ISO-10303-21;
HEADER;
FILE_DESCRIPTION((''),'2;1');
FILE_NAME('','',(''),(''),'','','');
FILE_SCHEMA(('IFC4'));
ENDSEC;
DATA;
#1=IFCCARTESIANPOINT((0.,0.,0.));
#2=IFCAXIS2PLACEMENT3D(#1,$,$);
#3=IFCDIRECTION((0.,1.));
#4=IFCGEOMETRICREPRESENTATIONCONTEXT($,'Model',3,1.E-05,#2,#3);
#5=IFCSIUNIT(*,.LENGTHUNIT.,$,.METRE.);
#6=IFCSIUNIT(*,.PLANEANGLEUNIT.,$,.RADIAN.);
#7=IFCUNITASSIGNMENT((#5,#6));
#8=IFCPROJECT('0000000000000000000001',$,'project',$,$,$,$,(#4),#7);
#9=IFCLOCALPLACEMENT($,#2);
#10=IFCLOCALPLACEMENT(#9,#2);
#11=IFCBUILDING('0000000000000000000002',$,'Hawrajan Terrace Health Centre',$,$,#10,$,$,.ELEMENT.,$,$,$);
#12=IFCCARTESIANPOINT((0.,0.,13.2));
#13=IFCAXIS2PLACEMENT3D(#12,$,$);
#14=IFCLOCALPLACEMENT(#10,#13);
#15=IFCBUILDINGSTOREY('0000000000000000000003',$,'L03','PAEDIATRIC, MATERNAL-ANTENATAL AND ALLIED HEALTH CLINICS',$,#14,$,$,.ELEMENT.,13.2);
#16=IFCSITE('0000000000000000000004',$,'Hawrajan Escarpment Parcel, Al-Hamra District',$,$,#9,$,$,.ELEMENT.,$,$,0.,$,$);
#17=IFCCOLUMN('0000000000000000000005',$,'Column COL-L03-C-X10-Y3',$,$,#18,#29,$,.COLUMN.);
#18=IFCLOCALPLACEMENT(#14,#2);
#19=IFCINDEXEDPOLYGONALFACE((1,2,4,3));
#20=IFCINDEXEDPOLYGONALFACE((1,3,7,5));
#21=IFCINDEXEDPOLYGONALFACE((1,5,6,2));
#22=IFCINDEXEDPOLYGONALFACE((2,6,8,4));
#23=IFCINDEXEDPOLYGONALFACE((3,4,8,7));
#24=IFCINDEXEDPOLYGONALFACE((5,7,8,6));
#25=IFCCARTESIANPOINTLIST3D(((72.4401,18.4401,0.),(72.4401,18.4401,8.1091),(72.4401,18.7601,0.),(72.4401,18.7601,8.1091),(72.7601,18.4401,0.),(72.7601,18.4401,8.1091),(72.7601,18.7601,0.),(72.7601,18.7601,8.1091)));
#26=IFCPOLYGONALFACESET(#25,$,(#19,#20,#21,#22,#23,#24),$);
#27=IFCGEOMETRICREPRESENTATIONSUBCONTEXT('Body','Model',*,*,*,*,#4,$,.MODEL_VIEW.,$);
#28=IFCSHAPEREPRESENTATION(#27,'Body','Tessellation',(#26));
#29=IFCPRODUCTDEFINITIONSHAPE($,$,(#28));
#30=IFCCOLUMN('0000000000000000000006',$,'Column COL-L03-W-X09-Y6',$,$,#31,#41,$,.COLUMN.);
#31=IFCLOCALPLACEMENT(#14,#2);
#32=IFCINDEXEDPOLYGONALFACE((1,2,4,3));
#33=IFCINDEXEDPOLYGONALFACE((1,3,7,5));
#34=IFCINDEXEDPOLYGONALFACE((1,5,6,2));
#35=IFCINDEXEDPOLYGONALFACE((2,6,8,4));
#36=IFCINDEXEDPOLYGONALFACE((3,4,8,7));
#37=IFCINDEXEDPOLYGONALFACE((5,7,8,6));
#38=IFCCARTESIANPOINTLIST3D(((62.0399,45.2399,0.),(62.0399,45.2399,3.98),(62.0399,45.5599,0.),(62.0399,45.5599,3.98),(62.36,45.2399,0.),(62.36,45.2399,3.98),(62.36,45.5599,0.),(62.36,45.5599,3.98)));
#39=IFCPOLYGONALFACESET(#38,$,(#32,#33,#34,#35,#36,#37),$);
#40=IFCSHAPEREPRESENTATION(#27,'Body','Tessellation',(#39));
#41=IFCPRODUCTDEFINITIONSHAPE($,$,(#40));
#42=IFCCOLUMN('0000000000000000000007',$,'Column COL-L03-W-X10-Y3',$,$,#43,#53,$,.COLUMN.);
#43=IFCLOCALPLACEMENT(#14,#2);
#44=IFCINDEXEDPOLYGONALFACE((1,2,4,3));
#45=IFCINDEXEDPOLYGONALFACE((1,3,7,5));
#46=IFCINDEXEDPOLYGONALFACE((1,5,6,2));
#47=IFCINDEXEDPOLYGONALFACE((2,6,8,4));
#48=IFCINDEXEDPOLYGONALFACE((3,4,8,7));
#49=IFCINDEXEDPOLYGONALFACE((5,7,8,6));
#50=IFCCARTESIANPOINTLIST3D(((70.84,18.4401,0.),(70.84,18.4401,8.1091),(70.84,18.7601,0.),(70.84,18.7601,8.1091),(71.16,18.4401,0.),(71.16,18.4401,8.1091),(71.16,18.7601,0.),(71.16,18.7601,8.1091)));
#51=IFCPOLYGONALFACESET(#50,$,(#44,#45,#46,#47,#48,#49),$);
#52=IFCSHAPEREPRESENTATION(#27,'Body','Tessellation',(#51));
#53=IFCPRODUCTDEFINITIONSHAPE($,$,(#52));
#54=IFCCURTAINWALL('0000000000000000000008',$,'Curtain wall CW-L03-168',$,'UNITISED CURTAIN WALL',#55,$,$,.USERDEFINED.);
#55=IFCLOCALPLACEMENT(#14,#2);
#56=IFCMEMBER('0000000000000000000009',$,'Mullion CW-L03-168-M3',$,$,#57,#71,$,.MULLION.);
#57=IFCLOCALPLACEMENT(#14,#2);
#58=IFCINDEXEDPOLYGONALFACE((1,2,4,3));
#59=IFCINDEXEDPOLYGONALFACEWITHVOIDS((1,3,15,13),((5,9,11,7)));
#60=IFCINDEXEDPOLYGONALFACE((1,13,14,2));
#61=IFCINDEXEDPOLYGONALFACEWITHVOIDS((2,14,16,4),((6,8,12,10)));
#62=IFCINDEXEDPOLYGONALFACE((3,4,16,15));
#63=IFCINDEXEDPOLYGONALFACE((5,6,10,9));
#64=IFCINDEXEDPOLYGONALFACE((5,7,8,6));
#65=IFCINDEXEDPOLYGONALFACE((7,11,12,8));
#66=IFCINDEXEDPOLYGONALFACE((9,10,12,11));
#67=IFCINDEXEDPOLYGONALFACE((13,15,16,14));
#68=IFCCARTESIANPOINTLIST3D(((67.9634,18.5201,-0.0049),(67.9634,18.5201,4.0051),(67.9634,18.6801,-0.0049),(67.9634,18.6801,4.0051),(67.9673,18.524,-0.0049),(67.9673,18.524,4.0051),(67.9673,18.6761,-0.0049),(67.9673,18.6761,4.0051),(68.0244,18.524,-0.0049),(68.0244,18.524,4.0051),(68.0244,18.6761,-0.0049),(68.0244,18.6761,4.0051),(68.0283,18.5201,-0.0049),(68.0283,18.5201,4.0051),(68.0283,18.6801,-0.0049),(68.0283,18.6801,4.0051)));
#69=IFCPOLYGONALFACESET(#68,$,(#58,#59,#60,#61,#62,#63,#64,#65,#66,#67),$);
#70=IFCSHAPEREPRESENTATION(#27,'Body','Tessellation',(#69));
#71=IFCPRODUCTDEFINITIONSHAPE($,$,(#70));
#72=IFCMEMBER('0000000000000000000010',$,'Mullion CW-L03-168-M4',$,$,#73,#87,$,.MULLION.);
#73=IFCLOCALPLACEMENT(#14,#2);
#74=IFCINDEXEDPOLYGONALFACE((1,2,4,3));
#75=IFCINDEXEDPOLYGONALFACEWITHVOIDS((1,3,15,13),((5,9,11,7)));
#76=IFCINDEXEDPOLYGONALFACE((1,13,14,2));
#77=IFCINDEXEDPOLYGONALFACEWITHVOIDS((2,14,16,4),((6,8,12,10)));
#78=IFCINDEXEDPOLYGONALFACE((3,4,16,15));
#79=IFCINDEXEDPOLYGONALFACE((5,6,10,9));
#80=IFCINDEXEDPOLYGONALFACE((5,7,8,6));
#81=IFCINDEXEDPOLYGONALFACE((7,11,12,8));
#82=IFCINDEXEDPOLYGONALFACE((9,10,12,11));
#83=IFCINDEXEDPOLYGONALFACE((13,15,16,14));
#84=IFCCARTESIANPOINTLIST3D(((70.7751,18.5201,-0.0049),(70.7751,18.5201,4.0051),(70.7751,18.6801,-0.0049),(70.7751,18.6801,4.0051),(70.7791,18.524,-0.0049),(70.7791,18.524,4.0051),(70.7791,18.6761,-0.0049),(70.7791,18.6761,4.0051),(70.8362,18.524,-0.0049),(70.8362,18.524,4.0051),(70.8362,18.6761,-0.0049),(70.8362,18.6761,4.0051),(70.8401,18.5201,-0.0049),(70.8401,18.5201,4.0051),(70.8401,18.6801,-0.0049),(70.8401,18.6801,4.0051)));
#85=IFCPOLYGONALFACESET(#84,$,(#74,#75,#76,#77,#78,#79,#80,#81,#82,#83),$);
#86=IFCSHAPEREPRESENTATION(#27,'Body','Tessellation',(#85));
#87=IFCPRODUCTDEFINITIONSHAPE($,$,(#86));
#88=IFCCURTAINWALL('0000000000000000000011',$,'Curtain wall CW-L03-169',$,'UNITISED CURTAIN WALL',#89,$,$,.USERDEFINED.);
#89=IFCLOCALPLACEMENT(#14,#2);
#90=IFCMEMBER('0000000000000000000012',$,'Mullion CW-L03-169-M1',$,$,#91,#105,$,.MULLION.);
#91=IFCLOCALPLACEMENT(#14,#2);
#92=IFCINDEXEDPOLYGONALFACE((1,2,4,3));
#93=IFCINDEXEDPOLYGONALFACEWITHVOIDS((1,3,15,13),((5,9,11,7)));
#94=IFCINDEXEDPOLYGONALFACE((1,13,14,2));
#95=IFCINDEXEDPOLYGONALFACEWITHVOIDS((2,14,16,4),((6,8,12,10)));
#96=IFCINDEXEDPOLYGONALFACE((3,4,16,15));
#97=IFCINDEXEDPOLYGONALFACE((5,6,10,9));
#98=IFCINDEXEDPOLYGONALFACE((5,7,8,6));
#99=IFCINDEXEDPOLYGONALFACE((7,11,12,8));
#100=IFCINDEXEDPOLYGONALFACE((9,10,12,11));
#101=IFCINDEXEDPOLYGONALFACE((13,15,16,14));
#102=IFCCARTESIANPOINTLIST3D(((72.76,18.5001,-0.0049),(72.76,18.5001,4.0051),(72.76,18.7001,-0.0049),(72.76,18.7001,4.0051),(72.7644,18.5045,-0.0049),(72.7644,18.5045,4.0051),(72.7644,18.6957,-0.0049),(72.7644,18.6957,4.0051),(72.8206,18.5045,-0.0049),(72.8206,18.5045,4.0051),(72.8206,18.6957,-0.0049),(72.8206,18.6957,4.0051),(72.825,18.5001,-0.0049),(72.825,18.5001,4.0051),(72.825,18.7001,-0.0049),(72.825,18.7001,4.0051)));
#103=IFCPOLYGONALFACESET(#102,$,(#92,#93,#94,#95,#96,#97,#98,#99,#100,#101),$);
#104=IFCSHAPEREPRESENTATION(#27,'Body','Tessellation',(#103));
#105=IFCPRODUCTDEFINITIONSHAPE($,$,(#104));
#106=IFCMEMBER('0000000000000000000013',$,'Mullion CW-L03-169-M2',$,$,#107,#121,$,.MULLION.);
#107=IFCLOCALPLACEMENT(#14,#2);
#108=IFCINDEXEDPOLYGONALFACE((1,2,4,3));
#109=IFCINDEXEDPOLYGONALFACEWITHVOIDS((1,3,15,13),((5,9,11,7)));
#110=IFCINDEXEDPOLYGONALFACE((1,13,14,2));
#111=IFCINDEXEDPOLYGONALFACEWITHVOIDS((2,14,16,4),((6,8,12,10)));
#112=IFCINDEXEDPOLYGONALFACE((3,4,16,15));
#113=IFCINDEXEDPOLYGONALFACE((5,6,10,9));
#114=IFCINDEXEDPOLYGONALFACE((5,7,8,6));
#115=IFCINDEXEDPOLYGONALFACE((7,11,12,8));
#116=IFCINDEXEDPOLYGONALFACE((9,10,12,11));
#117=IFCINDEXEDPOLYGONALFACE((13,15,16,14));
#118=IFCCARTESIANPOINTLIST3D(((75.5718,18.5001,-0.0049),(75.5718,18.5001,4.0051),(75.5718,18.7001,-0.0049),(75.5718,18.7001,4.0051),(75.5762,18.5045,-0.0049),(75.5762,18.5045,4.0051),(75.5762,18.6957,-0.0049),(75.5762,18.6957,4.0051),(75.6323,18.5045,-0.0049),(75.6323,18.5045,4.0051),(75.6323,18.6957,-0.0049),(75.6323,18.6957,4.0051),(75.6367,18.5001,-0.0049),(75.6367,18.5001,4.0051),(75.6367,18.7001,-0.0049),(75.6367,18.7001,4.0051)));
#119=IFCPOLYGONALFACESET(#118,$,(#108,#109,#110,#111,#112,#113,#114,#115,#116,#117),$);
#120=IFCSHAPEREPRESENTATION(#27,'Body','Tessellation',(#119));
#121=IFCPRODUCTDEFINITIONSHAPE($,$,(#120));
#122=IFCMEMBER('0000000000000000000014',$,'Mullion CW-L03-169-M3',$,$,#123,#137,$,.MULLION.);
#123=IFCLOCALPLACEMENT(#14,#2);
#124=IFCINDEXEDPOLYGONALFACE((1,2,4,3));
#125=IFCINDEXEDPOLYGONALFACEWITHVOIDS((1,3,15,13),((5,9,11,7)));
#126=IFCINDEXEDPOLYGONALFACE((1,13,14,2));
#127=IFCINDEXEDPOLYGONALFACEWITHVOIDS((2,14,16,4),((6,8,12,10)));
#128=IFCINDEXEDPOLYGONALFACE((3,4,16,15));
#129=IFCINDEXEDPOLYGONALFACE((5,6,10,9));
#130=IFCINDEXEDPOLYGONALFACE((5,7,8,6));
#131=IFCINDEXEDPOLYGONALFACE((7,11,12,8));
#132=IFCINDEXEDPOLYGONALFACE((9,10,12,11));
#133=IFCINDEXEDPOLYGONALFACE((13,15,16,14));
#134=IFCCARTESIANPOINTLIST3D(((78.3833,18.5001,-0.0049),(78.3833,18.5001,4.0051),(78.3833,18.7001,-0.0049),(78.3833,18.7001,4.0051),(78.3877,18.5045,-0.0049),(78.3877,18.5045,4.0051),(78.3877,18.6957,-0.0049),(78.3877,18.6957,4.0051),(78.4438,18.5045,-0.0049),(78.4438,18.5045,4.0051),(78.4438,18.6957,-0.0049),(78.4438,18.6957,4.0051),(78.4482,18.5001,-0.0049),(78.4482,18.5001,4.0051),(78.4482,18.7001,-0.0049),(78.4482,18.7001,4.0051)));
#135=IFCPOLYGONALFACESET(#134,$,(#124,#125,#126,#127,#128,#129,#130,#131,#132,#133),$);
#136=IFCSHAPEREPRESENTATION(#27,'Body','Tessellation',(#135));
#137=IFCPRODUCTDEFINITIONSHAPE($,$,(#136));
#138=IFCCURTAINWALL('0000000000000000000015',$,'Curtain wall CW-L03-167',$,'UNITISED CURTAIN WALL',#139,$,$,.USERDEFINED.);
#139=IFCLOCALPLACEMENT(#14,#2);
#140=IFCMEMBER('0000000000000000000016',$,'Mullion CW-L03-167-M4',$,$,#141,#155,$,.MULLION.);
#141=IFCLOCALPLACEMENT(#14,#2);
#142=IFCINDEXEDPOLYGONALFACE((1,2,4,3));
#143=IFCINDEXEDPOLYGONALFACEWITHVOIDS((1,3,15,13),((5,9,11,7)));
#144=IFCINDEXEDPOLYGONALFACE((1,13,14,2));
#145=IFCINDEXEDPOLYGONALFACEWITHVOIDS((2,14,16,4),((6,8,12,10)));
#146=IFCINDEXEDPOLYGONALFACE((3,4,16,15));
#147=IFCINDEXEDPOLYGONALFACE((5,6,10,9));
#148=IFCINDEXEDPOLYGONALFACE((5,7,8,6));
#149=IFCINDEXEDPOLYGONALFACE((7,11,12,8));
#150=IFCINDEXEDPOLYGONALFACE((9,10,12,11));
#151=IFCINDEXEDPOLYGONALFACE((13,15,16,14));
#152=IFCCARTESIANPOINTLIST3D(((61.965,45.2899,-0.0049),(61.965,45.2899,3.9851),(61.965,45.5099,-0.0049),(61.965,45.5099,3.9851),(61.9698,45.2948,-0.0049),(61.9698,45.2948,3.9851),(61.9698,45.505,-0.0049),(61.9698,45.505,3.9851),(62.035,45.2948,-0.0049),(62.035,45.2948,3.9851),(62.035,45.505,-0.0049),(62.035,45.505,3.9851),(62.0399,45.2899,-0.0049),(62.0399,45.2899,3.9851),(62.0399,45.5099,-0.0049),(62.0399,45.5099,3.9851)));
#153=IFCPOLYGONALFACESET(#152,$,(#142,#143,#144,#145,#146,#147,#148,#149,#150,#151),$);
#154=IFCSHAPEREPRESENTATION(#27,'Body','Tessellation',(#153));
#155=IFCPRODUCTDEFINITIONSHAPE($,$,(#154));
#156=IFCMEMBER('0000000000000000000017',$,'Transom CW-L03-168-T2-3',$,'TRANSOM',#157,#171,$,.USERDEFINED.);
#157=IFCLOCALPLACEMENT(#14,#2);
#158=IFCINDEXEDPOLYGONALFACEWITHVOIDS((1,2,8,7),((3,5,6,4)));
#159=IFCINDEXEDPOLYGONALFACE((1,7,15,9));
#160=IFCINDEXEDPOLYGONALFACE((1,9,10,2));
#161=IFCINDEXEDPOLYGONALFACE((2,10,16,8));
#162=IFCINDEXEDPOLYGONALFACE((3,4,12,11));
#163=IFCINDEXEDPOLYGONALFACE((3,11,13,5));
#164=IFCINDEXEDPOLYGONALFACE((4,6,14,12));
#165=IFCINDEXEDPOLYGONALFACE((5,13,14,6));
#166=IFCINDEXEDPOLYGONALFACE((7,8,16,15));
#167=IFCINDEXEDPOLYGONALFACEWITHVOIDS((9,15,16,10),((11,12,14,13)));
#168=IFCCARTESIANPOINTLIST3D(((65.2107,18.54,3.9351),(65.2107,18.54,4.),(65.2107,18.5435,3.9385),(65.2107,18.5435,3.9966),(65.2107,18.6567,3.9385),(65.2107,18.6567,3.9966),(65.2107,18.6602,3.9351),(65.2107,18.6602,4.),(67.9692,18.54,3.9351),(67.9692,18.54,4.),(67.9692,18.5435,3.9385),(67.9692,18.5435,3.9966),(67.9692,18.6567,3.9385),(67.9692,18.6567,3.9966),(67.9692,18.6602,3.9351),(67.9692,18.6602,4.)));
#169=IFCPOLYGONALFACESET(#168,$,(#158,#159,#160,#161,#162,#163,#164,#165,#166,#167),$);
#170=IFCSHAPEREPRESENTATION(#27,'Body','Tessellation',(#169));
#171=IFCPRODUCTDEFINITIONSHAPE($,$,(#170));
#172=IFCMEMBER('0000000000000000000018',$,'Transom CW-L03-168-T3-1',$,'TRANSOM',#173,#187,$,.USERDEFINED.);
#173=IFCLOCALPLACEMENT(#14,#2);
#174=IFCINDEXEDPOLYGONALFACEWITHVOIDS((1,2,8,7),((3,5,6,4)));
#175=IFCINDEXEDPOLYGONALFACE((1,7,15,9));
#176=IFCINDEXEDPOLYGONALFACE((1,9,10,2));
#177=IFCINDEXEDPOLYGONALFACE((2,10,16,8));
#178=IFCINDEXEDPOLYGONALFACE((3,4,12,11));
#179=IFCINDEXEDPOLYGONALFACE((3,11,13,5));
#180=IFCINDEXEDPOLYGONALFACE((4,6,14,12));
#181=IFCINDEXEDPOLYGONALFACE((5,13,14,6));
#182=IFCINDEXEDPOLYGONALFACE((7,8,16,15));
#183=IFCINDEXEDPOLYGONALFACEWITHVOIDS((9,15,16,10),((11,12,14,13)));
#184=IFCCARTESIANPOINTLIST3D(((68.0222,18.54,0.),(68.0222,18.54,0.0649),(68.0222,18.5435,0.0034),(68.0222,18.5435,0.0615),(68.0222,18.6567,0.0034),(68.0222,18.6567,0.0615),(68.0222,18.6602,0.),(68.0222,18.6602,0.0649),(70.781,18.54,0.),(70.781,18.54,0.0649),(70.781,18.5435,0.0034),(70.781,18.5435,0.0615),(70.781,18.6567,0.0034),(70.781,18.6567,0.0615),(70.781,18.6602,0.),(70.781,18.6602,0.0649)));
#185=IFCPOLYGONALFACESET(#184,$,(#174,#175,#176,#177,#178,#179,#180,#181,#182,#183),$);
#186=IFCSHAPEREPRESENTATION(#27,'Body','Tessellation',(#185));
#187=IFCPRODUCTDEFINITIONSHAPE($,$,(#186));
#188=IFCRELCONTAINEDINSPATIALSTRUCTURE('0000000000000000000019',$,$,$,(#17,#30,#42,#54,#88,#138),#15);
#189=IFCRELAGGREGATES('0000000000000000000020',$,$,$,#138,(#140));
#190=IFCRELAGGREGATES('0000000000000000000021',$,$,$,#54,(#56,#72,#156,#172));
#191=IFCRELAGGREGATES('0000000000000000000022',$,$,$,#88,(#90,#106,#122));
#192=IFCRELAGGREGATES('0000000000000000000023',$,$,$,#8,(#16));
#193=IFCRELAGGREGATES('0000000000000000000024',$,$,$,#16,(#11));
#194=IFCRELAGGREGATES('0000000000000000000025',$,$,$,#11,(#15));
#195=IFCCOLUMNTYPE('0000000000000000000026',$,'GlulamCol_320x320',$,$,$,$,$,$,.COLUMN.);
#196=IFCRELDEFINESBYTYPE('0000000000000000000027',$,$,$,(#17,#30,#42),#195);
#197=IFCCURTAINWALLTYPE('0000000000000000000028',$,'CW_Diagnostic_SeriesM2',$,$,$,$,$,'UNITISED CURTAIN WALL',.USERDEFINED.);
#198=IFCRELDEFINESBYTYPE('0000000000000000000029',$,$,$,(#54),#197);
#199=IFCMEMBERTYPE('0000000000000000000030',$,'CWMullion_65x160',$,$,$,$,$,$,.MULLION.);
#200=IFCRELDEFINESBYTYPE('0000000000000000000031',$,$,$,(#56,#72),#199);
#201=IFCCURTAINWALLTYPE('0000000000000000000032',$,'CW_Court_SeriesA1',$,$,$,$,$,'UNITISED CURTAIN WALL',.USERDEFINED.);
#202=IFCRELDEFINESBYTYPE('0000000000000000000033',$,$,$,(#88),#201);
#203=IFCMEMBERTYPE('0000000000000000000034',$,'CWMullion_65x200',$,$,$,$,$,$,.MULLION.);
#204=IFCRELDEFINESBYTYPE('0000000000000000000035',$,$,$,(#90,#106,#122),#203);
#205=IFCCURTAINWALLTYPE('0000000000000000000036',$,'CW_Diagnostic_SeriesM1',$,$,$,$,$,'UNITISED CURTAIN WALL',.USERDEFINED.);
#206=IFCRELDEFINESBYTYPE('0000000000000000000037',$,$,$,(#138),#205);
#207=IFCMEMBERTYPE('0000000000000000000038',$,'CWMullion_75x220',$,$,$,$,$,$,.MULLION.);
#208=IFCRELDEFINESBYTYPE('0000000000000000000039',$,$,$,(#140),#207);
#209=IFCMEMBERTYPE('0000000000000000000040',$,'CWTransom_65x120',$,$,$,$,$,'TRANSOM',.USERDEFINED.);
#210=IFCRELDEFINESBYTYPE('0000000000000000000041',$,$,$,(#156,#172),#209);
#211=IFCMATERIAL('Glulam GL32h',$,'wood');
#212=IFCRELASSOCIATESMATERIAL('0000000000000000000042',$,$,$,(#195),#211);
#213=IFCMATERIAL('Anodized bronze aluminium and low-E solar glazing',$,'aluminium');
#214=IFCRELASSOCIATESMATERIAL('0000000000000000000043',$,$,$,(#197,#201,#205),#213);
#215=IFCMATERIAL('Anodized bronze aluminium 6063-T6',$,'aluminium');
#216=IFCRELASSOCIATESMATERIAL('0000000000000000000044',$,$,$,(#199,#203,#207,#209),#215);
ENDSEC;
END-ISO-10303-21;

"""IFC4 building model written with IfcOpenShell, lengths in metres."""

from ifc_helpers import new_model, si_unit, direction, frame, origin, origin_2d, place, context, subcontext, project, spatial, rectangle, hollow_rectangle, extrude, material, material_profile, profile_set, type_object, element, aggregate, save


model = new_model("IFC4")

# Units and contexts
model_context = context("Model", 3, precision=1e-05, world=origin(), true_north=direction((0.0, 1.0)))
body_context = subcontext(model_context, "Body", "Model", "MODEL_VIEW")
ifc_project = project(units=[si_unit("LENGTHUNIT", "METRE"), si_unit("PLANEANGLEUNIT", "RADIAN")], contexts=[model_context])

# Site, building, storey
site_placement = place(None, origin())
site = spatial("IfcSite", under=ifc_project, at=site_placement, Name="Hawrajan Escarpment Parcel, Al-Hamra District", CompositionType="ELEMENT", RefElevation=0.0)
building_placement = place(site_placement, origin())
building = spatial("IfcBuilding", under=site, at=building_placement, Name="Hawrajan Terrace Health Centre", CompositionType="ELEMENT")
storey_placement = place(building_placement, frame((0.0, 0.0, 13.2)))
storey = spatial("IfcBuildingStorey", under=building, at=storey_placement, Name="L03", Description="PAEDIATRIC, MATERNAL-ANTENATAL AND ALLIED HEALTH CLINICS", CompositionType="ELEMENT", Elevation=13.2)

# Columns
ifc_material_1 = material(Name="Glulam GL32h", Category="wood")
ifc_material_profile_1 = material_profile(ifc_material_1, rectangle(XDim=0.3201, YDim=0.3201, at=origin_2d()), Name="GL 320x320")
ifc_profile_set_1 = profile_set([ifc_material_profile_1], Name="Glulam GL32h")
column_type = type_object("IfcColumnType", Name="GlulamCol_320x320", PredefinedType="COLUMN", material=ifc_profile_set_1)
column_1_placement = place(storey_placement, frame((72.6001, 18.6001, 0.0), z_axis=(0.0, 0.0, 1.0), x_axis=(1.0, 0.0, 0.0)))
element("IfcColumn", 1, at=column_1_placement, inside=storey, type_object=column_type, Name="Column COL-L03-C-X10-Y3", PredefinedType="COLUMN", context=body_context, shape_type="SweptSolid", body=[
    extrude(rectangle(XDim=0.3201, YDim=0.3201, at=origin_2d()), origin(), (0.0, 0.0, 1.0), 8.1091),
])
column_2_placement = place(storey_placement, frame((62.2, 45.3999, 0.0), z_axis=(0.0, 0.0, 1.0), x_axis=(1.0, 0.0, 0.0)))
element("IfcColumn", 2, at=column_2_placement, inside=storey, type_object=column_type, Name="Column COL-L03-W-X09-Y6", PredefinedType="COLUMN", context=body_context, shape_type="SweptSolid", body=[
    extrude(rectangle(XDim=0.3201, YDim=0.3201, at=origin_2d()), origin(), (0.0, 0.0, 1.0), 3.98),
])
column_3_placement = place(storey_placement, frame((71.0, 18.6001, 0.0), z_axis=(0.0, 0.0, 1.0), x_axis=(1.0, 0.0, 0.0)))
element("IfcColumn", 3, at=column_3_placement, inside=storey, type_object=column_type, Name="Column COL-L03-W-X10-Y3", PredefinedType="COLUMN", context=body_context, shape_type="SweptSolid", body=[
    extrude(rectangle(XDim=0.3201, YDim=0.3201, at=origin_2d()), origin(), (0.0, 0.0, 1.0), 8.1091),
])

# Curtain walls, members
ifc_material_2 = material(Name="Anodized bronze aluminium and low-E solar glazing", Category="aluminium")
curtain_wall_type_1 = type_object("IfcCurtainWallType", Name="CW_Diagnostic_SeriesM2", ElementType="UNITISED CURTAIN WALL", PredefinedType="USERDEFINED", material=ifc_material_2)
curtain_wall_1_placement = place(storey_placement, origin())
curtain_wall_1 = element("IfcCurtainWall", 4, at=curtain_wall_1_placement, inside=storey, type_object=curtain_wall_type_1, Name="Curtain wall CW-L03-168", ObjectType="UNITISED CURTAIN WALL", PredefinedType="USERDEFINED")
ifc_material_3 = material(Name="Anodized bronze aluminium 6063-T6", Category="aluminium")
ifc_material_profile_2 = material_profile(ifc_material_3, hollow_rectangle(XDim=0.0649, YDim=0.1599, WallThickness=0.0039, at=origin_2d()), Name="CW MUL 65x160")
ifc_profile_set_2 = profile_set([ifc_material_profile_2], Name="Anodized bronze aluminium 6063-T6")
member_type_1 = type_object("IfcMemberType", Name="CWMullion_65x160", PredefinedType="MULLION", material=ifc_profile_set_2)
member_1_placement = place(storey_placement, frame((67.9958, 18.6001, -0.0049), z_axis=(0.0, 0.0, 1.0), x_axis=(1.0, 0.0, 0.0)))
member_1 = element("IfcMember", 5, at=member_1_placement, type_object=member_type_1, Name="Mullion CW-L03-168-M3", PredefinedType="MULLION", context=body_context, shape_type="SweptSolid", body=[
    extrude(hollow_rectangle(XDim=0.0649, YDim=0.1599, WallThickness=0.0039, at=origin_2d()), origin(), (0.0, 0.0, 1.0), 4.01),
])
member_2_placement = place(storey_placement, frame((70.8076, 18.6001, -0.0049), z_axis=(0.0, 0.0, 1.0), x_axis=(1.0, 0.0, 0.0)))
member_2 = element("IfcMember", 6, at=member_2_placement, type_object=member_type_1, Name="Mullion CW-L03-168-M4", PredefinedType="MULLION", context=body_context, shape_type="SweptSolid", body=[
    extrude(hollow_rectangle(XDim=0.0649, YDim=0.1599, WallThickness=0.0039, at=origin_2d()), origin(), (0.0, 0.0, 1.0), 4.01),
])
curtain_wall_type_2 = type_object("IfcCurtainWallType", Name="CW_Court_SeriesA1", ElementType="UNITISED CURTAIN WALL", PredefinedType="USERDEFINED", material=ifc_material_2)
curtain_wall_2_placement = place(storey_placement, origin())
curtain_wall_2 = element("IfcCurtainWall", 7, at=curtain_wall_2_placement, inside=storey, type_object=curtain_wall_type_2, Name="Curtain wall CW-L03-169", ObjectType="UNITISED CURTAIN WALL", PredefinedType="USERDEFINED")
ifc_material_profile_3 = material_profile(ifc_material_3, hollow_rectangle(XDim=0.0649, YDim=0.2, WallThickness=0.0044, at=origin_2d()), Name="CW MUL 65x200")
ifc_profile_set_3 = profile_set([ifc_material_profile_3], Name="Anodized bronze aluminium 6063-T6")
member_type_2 = type_object("IfcMemberType", Name="CWMullion_65x200", PredefinedType="MULLION", material=ifc_profile_set_3)
member_3_placement = place(storey_placement, frame((72.7925, 18.6001, -0.0049), z_axis=(0.0, 0.0, 1.0), x_axis=(1.0, 0.0, 0.0)))
member_3 = element("IfcMember", 8, at=member_3_placement, type_object=member_type_2, Name="Mullion CW-L03-169-M1", PredefinedType="MULLION", context=body_context, shape_type="SweptSolid", body=[
    extrude(hollow_rectangle(XDim=0.0649, YDim=0.2, WallThickness=0.0044, at=origin_2d()), origin(), (0.0, 0.0, 1.0), 4.01),
])
member_4_placement = place(storey_placement, frame((75.6042, 18.6001, -0.0049), z_axis=(0.0, 0.0, 1.0), x_axis=(1.0, 0.0, 0.0)))
member_4 = element("IfcMember", 9, at=member_4_placement, type_object=member_type_2, Name="Mullion CW-L03-169-M2", PredefinedType="MULLION", context=body_context, shape_type="SweptSolid", body=[
    extrude(hollow_rectangle(XDim=0.0649, YDim=0.2, WallThickness=0.0044, at=origin_2d()), origin(), (0.0, 0.0, 1.0), 4.01),
])
member_5_placement = place(storey_placement, frame((78.4158, 18.6001, -0.0049), z_axis=(0.0, 0.0, 1.0), x_axis=(1.0, 0.0, 0.0)))
member_5 = element("IfcMember", 10, at=member_5_placement, type_object=member_type_2, Name="Mullion CW-L03-169-M3", PredefinedType="MULLION", context=body_context, shape_type="SweptSolid", body=[
    extrude(hollow_rectangle(XDim=0.0649, YDim=0.2, WallThickness=0.0044, at=origin_2d()), origin(), (0.0, 0.0, 1.0), 4.01),
])

# Curtain wall, member
curtain_wall_type_3 = type_object("IfcCurtainWallType", Name="CW_Diagnostic_SeriesM1", ElementType="UNITISED CURTAIN WALL", PredefinedType="USERDEFINED", material=ifc_material_2)
curtain_wall_3_placement = place(storey_placement, origin())
curtain_wall_3 = element("IfcCurtainWall", 11, at=curtain_wall_3_placement, inside=storey, type_object=curtain_wall_type_3, Name="Curtain wall CW-L03-167", ObjectType="UNITISED CURTAIN WALL", PredefinedType="USERDEFINED")
ifc_material_profile_4 = material_profile(ifc_material_3, hollow_rectangle(XDim=0.075, YDim=0.22, WallThickness=0.0049, at=origin_2d()), Name="CW MUL 75x220")
ifc_profile_set_4 = profile_set([ifc_material_profile_4], Name="Anodized bronze aluminium 6063-T6")
member_type_3 = type_object("IfcMemberType", Name="CWMullion_75x220", PredefinedType="MULLION", material=ifc_profile_set_4)
member_6_placement = place(storey_placement, frame((62.0024, 45.3999, -0.0049), z_axis=(0.0, 0.0, 1.0), x_axis=(1.0, 0.0, 0.0)))
member_6 = element("IfcMember", 12, at=member_6_placement, type_object=member_type_3, Name="Mullion CW-L03-167-M4", PredefinedType="MULLION", context=body_context, shape_type="SweptSolid", body=[
    extrude(hollow_rectangle(XDim=0.075, YDim=0.22, WallThickness=0.0049, at=origin_2d()), origin(), (0.0, 0.0, 1.0), 3.99),
])

# Members
ifc_material_profile_5 = material_profile(ifc_material_3, hollow_rectangle(XDim=0.0649, YDim=0.1201, WallThickness=0.0034, at=origin_2d()), Name="CW TRN 65x120")
ifc_profile_set_5 = profile_set([ifc_material_profile_5], Name="Anodized bronze aluminium 6063-T6")
member_type_4 = type_object("IfcMemberType", Name="CWTransom_65x120", ElementType="TRANSOM", PredefinedType="USERDEFINED", material=ifc_profile_set_5)
member_7_placement = place(storey_placement, frame((65.2107, 18.6001, 3.9675), z_axis=(1.0, 0.0, 0.0), x_axis=(0.0, 0.0, 1.0)))
member_7 = element("IfcMember", 13, at=member_7_placement, type_object=member_type_4, Name="Transom CW-L03-168-T2-3", ObjectType="TRANSOM", PredefinedType="USERDEFINED", context=body_context, shape_type="SweptSolid", body=[
    extrude(hollow_rectangle(XDim=0.0649, YDim=0.1201, WallThickness=0.0034, at=origin_2d()), origin(), (0.0, 0.0, 1.0), 2.7585),
])
member_8_placement = place(storey_placement, frame((68.0222, 18.6001, 0.0325), z_axis=(1.0, 0.0, 0.0), x_axis=(0.0, 0.0, 1.0)))
member_8 = element("IfcMember", 14, at=member_8_placement, type_object=member_type_4, Name="Transom CW-L03-168-T3-1", ObjectType="TRANSOM", PredefinedType="USERDEFINED", context=body_context, shape_type="SweptSolid", body=[
    extrude(hollow_rectangle(XDim=0.0649, YDim=0.1201, WallThickness=0.0034, at=origin_2d()), origin(), (0.0, 0.0, 1.0), 2.7588),
])

aggregate(curtain_wall_3, [member_6])
aggregate(curtain_wall_1, [member_1, member_2, member_7, member_8])
aggregate(curtain_wall_2, [member_3, member_4, member_5])

save(model, "model.ifc")
